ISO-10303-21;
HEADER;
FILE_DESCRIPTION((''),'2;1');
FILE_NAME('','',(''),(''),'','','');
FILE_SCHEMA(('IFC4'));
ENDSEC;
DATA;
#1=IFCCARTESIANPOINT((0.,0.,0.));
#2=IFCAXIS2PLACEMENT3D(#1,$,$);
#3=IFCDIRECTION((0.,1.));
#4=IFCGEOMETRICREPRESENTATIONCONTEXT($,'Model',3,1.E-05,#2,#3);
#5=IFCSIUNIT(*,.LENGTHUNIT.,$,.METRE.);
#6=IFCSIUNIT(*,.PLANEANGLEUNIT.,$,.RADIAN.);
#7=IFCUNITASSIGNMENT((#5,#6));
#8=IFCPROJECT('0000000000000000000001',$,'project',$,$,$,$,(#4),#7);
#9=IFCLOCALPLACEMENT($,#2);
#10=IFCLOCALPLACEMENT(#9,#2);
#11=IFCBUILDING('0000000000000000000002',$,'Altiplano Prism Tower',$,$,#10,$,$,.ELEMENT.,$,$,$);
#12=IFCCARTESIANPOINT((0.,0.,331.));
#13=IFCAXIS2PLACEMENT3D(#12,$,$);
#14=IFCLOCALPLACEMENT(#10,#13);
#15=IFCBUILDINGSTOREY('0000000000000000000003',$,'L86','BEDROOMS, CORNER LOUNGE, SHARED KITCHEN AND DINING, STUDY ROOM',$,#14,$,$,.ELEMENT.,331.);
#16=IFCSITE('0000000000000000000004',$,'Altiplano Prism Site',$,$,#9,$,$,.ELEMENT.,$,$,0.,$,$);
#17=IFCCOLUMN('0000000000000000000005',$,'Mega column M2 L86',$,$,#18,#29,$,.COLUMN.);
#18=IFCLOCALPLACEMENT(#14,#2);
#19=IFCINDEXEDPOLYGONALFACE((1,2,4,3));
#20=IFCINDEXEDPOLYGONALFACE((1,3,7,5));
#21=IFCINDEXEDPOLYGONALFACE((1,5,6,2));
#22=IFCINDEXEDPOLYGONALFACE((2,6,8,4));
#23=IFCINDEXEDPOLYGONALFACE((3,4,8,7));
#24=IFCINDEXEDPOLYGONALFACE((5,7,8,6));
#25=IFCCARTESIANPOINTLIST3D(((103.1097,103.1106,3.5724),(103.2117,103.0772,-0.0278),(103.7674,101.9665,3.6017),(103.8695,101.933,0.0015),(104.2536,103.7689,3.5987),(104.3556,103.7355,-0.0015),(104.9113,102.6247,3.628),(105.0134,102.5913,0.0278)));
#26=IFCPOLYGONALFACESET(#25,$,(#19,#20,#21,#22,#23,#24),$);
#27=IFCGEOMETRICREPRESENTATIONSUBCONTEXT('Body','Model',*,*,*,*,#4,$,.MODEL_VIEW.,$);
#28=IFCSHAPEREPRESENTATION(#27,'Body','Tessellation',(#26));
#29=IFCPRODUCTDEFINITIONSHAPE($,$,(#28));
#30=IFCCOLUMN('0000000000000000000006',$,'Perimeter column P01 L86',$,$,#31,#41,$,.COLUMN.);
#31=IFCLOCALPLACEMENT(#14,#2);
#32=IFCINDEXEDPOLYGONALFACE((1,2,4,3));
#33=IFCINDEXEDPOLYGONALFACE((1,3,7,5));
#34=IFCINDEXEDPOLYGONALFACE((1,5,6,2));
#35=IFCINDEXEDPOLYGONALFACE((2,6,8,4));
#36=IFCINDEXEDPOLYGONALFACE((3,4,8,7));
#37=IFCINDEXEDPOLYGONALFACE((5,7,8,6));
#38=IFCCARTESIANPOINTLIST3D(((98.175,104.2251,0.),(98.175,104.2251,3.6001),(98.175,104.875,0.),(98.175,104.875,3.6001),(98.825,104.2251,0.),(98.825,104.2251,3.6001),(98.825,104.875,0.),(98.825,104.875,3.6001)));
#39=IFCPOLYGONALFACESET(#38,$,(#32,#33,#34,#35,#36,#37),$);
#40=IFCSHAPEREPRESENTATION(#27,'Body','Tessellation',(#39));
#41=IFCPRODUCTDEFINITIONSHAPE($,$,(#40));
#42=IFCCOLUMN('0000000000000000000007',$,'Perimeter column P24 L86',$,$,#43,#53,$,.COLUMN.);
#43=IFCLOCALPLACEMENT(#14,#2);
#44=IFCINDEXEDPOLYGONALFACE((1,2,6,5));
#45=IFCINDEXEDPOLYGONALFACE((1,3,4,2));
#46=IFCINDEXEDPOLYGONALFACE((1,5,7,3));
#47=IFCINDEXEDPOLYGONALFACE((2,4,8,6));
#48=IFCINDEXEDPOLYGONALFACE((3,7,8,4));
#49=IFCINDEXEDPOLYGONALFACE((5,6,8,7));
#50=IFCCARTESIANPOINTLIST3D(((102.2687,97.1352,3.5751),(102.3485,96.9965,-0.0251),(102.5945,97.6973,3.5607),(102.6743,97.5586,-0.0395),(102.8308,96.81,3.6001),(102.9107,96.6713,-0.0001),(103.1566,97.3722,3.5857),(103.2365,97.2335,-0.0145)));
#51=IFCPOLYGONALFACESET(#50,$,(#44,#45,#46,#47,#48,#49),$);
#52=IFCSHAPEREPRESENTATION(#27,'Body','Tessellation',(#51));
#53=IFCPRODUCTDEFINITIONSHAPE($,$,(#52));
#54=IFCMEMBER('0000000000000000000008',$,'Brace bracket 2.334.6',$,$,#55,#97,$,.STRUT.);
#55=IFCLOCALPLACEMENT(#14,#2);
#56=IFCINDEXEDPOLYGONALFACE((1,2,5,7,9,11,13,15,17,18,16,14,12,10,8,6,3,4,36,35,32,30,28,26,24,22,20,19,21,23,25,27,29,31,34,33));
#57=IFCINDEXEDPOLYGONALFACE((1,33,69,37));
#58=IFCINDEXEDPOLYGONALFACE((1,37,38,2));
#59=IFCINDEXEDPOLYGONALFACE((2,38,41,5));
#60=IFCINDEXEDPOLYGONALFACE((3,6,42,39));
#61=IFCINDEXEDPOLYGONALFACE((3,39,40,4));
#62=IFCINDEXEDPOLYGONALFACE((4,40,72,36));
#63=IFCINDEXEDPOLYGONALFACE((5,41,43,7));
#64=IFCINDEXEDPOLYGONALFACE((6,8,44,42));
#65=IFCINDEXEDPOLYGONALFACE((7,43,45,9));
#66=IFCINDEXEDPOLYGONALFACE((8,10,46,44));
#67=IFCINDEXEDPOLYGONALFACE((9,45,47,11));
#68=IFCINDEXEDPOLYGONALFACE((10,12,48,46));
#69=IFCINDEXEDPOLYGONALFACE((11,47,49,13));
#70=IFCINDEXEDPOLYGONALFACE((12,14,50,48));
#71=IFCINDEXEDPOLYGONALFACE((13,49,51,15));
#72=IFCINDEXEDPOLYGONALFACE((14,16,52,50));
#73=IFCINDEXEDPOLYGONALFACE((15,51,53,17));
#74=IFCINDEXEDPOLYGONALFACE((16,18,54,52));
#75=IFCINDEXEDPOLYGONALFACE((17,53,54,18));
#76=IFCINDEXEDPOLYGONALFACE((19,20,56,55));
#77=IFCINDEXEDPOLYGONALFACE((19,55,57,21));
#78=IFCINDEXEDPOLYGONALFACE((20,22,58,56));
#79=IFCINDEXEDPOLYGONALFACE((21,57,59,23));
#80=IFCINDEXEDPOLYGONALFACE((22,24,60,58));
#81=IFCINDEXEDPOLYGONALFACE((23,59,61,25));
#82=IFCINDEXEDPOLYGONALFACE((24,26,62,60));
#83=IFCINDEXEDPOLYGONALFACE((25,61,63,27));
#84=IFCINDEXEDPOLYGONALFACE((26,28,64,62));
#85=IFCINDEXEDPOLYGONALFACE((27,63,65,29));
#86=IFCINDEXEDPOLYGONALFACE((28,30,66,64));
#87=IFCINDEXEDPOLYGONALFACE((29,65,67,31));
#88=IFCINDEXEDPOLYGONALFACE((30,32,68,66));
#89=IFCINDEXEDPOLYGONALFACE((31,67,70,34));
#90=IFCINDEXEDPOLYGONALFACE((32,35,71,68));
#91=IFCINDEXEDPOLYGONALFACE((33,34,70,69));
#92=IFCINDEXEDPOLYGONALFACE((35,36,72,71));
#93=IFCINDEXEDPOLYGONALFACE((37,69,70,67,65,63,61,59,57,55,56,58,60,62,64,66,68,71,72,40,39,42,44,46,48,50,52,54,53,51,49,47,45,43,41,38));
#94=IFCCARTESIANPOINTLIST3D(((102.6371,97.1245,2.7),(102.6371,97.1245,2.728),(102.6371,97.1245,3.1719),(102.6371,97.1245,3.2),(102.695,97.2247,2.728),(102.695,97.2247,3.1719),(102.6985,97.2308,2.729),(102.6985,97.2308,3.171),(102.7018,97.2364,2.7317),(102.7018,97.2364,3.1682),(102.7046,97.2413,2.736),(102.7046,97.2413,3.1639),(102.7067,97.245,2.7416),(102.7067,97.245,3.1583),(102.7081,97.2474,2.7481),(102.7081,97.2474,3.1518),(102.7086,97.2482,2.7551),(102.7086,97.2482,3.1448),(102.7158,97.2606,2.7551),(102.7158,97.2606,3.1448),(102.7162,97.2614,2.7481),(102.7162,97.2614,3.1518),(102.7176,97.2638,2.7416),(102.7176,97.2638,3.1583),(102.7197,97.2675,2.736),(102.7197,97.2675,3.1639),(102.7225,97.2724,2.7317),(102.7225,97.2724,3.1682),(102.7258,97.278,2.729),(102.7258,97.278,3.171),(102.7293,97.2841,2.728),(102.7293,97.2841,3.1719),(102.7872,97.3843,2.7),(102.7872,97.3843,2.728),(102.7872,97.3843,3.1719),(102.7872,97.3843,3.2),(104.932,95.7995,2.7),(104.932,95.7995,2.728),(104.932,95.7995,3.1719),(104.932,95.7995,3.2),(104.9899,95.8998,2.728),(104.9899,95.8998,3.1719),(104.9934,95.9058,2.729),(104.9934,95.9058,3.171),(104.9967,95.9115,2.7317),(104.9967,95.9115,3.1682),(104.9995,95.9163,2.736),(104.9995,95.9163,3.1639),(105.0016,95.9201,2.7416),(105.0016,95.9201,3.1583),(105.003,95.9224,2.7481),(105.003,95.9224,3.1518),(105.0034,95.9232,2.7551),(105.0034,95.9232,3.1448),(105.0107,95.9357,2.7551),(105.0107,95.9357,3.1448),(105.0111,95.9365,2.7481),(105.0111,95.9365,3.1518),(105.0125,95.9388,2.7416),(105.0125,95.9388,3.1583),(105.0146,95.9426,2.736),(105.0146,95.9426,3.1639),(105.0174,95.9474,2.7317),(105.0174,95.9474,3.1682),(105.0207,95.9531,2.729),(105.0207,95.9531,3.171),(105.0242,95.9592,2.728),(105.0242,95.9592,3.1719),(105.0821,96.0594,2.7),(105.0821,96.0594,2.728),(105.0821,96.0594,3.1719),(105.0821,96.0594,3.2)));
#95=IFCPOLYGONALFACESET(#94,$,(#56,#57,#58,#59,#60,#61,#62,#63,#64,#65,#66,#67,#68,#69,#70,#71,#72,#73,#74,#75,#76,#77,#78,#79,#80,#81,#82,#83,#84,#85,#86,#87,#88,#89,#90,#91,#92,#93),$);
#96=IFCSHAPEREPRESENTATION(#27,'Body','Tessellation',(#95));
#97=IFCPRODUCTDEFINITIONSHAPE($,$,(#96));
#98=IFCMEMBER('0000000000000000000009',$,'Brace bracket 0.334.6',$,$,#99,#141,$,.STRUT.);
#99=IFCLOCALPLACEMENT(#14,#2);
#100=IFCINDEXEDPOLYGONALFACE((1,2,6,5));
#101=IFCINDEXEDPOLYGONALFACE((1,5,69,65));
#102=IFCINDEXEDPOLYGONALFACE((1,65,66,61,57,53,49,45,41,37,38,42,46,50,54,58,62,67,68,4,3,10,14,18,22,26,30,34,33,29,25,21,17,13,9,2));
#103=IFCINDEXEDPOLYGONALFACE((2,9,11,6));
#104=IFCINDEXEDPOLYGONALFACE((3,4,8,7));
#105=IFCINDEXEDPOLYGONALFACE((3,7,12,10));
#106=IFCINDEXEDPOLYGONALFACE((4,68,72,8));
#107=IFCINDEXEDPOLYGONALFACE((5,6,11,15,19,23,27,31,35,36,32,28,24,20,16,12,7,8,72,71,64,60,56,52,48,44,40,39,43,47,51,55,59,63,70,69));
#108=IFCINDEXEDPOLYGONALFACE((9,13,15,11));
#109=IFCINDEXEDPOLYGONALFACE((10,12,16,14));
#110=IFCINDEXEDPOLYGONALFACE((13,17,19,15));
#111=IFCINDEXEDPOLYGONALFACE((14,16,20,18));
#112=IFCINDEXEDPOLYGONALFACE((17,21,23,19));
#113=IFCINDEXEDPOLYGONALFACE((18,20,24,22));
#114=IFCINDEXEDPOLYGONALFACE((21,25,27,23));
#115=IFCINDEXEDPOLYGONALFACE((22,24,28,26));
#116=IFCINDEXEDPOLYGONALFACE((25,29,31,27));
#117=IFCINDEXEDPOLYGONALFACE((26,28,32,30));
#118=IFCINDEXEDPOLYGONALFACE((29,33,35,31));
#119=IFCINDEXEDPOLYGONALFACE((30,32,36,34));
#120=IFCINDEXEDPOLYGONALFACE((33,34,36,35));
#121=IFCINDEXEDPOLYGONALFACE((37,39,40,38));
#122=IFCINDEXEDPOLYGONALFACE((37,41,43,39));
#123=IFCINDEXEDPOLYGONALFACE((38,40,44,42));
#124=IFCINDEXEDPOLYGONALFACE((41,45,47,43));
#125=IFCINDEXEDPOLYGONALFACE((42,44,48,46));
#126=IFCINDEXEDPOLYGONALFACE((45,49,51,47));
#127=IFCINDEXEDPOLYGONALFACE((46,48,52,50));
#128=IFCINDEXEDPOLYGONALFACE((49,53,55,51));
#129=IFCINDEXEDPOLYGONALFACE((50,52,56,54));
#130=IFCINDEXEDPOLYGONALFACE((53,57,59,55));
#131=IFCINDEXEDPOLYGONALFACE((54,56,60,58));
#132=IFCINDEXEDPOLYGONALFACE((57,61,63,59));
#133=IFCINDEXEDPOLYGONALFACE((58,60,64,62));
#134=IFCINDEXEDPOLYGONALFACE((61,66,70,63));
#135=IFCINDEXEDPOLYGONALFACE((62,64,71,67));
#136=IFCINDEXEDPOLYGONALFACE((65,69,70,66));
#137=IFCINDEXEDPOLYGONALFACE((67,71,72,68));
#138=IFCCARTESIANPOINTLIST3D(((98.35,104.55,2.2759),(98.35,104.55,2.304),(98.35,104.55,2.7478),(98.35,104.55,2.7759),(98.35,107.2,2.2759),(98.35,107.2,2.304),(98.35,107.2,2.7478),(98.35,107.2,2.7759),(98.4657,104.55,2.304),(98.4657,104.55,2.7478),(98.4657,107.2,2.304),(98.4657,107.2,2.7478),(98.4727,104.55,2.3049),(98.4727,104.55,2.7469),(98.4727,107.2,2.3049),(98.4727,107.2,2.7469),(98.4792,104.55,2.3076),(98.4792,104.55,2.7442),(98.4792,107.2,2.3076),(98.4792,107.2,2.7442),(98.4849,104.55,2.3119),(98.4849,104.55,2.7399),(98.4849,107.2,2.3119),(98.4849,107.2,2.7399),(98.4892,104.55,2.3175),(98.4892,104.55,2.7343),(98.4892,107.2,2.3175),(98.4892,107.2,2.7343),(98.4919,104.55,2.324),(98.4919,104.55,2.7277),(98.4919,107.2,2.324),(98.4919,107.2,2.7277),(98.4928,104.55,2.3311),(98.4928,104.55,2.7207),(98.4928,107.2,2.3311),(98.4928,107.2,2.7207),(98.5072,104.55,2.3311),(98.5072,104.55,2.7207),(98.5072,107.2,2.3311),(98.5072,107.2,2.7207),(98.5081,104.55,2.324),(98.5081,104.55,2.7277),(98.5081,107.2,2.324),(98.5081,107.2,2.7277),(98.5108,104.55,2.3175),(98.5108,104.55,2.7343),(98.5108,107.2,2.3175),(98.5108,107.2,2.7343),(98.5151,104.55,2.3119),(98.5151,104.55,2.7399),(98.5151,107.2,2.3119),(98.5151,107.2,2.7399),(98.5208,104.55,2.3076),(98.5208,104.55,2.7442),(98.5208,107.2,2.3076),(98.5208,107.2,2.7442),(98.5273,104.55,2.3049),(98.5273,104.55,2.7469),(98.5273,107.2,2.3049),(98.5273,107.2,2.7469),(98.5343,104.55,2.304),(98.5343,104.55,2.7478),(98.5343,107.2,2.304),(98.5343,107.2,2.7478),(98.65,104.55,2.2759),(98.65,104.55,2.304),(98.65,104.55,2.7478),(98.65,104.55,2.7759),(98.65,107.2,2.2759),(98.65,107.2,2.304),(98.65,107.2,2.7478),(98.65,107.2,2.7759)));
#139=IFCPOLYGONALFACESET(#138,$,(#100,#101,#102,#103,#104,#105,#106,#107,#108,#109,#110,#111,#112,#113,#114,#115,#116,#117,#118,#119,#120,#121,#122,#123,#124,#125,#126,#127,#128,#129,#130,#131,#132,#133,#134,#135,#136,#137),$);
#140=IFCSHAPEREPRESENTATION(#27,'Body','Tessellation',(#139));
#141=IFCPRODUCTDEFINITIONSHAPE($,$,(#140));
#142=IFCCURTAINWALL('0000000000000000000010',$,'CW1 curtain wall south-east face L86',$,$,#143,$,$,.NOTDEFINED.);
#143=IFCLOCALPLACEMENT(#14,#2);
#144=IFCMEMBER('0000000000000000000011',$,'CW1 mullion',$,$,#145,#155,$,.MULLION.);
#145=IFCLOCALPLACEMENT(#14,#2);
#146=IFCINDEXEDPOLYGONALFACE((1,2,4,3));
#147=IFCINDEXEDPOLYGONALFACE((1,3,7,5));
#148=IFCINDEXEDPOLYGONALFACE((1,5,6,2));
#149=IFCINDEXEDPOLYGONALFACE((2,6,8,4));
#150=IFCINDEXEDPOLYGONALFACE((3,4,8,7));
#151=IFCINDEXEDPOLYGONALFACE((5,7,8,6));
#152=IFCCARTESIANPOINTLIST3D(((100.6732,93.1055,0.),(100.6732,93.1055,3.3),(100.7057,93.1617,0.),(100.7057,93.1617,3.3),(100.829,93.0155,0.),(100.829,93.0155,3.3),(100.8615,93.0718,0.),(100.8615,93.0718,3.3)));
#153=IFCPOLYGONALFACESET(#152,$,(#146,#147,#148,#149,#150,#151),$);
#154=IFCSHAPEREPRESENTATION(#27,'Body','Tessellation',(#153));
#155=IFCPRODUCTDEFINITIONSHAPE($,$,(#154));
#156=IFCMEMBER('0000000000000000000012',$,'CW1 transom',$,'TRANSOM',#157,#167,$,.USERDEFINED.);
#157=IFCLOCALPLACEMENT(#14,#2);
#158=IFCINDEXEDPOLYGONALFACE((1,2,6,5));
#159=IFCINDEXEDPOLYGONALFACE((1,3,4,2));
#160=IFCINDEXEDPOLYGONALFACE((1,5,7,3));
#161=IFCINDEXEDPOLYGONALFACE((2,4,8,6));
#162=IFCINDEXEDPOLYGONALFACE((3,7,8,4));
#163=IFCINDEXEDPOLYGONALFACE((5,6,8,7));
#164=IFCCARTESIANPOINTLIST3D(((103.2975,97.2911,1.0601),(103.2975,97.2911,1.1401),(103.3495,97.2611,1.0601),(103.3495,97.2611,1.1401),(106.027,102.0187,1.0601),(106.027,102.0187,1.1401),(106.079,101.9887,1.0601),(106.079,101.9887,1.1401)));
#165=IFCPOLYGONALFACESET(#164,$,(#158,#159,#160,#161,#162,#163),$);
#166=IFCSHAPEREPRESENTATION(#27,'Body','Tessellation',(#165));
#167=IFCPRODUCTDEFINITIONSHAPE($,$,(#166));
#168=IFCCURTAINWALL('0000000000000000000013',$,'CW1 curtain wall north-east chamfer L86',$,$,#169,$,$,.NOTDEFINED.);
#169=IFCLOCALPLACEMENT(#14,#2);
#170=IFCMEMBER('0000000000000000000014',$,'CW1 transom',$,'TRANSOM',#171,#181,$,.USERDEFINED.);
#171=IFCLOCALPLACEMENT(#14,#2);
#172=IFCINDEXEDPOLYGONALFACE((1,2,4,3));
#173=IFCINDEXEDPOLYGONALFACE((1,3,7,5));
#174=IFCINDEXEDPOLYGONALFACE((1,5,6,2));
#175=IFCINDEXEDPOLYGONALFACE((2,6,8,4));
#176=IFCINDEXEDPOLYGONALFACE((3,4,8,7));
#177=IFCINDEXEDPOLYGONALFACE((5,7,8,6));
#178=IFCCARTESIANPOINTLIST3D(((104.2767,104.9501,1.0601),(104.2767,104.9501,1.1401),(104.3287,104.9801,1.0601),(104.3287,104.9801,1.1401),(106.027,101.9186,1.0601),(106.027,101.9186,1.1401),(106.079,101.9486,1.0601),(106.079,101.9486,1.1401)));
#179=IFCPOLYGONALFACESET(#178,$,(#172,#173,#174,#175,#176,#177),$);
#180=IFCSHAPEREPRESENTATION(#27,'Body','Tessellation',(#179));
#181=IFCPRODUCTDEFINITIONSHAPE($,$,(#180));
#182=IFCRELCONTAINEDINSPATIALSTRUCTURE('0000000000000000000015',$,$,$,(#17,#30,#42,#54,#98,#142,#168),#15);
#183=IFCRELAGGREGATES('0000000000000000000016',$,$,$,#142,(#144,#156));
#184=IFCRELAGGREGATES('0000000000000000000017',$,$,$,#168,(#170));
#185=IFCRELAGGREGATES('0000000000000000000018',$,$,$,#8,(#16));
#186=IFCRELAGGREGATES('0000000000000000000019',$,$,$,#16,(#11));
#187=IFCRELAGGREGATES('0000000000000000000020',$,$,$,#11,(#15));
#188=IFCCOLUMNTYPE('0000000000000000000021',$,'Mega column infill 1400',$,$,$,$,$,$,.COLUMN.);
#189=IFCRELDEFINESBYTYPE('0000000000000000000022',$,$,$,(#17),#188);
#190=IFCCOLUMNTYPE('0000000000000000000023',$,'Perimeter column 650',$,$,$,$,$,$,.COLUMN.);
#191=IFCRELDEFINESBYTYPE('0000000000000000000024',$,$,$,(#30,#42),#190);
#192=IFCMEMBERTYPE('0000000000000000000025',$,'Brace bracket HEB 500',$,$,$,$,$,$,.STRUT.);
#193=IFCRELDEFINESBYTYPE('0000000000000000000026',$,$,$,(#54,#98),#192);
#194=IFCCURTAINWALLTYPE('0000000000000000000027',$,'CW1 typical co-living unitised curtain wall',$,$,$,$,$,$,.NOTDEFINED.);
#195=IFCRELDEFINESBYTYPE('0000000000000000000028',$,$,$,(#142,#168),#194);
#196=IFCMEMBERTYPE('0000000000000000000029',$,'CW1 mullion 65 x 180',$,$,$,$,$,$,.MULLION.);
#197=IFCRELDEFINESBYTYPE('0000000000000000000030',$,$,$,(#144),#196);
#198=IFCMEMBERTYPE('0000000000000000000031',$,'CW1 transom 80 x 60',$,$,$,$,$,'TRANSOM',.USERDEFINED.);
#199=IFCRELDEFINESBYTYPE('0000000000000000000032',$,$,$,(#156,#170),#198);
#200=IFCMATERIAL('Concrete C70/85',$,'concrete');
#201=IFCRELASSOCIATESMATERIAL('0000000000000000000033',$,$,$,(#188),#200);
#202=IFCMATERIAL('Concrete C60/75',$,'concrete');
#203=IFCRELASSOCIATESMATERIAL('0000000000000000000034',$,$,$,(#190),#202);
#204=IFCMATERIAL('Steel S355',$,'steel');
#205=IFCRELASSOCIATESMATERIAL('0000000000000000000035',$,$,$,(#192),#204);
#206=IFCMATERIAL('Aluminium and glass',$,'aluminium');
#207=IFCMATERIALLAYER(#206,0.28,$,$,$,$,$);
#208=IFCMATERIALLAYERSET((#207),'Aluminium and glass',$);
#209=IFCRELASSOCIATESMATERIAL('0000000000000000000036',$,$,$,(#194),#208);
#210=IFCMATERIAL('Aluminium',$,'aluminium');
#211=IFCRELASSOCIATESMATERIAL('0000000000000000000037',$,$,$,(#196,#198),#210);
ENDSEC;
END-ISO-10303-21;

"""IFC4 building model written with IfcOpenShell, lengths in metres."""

from ifc_helpers import new_model, si_unit, direction, frame, origin, origin_2d, place, context, subcontext, project, spatial, rectangle, i_section, extrude, material, layer, layer_set, material_profile, profile_set, type_object, element, aggregate, save


model = new_model("IFC4")

# Units and contexts
model_context = context("Model", 3, precision=1e-05, world=origin(), true_north=direction((0.0, 1.0)))
body_context = subcontext(model_context, "Body", "Model", "MODEL_VIEW")
ifc_project = project(units=[si_unit("LENGTHUNIT", "METRE"), si_unit("PLANEANGLEUNIT", "RADIAN")], contexts=[model_context])

# Site, building, storey
site_placement = place(None, origin())
site = spatial("IfcSite", under=ifc_project, at=site_placement, Name="Altiplano Prism Site", CompositionType="ELEMENT", RefElevation=0.0)
building_placement = place(site_placement, origin())
building = spatial("IfcBuilding", under=site, at=building_placement, Name="Altiplano Prism Tower", CompositionType="ELEMENT")
storey_placement = place(building_placement, frame((0.0, 0.0, 331.0)))
storey = spatial("IfcBuildingStorey", under=building, at=storey_placement, Name="L86", Description="BEDROOMS, CORNER LOUNGE, SHARED KITCHEN AND DINING, STUDY ROOM", CompositionType="ELEMENT", Elevation=331.0)

# Columns
ifc_material_1 = material(Name="Concrete C70/85", Category="concrete")
ifc_material_profile_1 = material_profile(ifc_material_1, rectangle(XDim=1.3201, YDim=1.3201, at=origin_2d()), Name="Mega column infill 1400")
ifc_profile_set_1 = profile_set([ifc_material_profile_1], Name="Concrete C70/85")
column_type_1 = type_object("IfcColumnType", Name="Mega column infill 1400", PredefinedType="COLUMN", material=ifc_profile_set_1)
column_1_placement = place(storey_placement, frame((104.1125, 102.8342, 0.0), z_axis=(-0.028334, 0.009287, 0.999555), x_axis=(0.498275, -0.866735, 0.022177)))
element("IfcColumn", 1, at=column_1_placement, inside=storey, type_object=column_type_1, Name="Mega column M2 L86", PredefinedType="COLUMN", context=body_context, shape_type="SweptSolid", body=[
    extrude(rectangle(XDim=1.3201, YDim=1.3201, at=origin_2d()), origin(), (0.0, 0.0, 1.0), 3.6018),
])
ifc_material_2 = material(Name="Concrete C60/75", Category="concrete")
ifc_material_profile_2 = material_profile(ifc_material_2, rectangle(XDim=0.6499, YDim=0.6499, at=origin_2d()), Name="Perimeter column 650")
ifc_profile_set_2 = profile_set([ifc_material_profile_2], Name="Concrete C60/75")
column_type_2 = type_object("IfcColumnType", Name="Perimeter column 650", PredefinedType="COLUMN", material=ifc_profile_set_2)
column_2_placement = place(storey_placement, frame((98.5, 104.55, 0.0), z_axis=(0.0, 0.0, 1.0), x_axis=(1.0, 0.0, 0.0)))
element("IfcColumn", 2, at=column_2_placement, inside=storey, type_object=column_type_2, Name="Perimeter column P01 L86", PredefinedType="COLUMN", context=body_context, shape_type="SweptSolid", body=[
    extrude(rectangle(XDim=0.6499, YDim=0.6499, at=origin_2d()), origin(), (0.0, 0.0, 1.0), 3.6001),
])
column_3_placement = place(storey_placement, frame((102.7925, 97.115, -0.0198), z_axis=(-0.022154, 0.038481, 0.999014), x_axis=(-0.50131, -0.864983, 0.022201)))
element("IfcColumn", 3, at=column_3_placement, inside=storey, type_object=column_type_2, Name="Perimeter column P24 L86", PredefinedType="COLUMN", context=body_context, shape_type="SweptSolid", body=[
    extrude(rectangle(XDim=0.6499, YDim=0.6499, at=origin_2d()), origin(), (0.0, 0.0, 1.0), 3.6038),
])

# Members
ifc_material_3 = material(Name="Steel S355", Category="steel")
ifc_material_profile_3 = material_profile(ifc_material_3, i_section(OverallWidth=0.3, OverallDepth=0.5, WebThickness=0.0144, FlangeThickness=0.0281, FilletRadius=0.0271, at=origin_2d()), Name="Brace bracket HEB 500")
ifc_profile_set_3 = profile_set([ifc_material_profile_3], Name="Steel S355")
member_type_1 = type_object("IfcMemberType", Name="Brace bracket HEB 500", PredefinedType="STRUT", material=ifc_profile_set_3)
for number, where, z_axis, x_axis, name in (
    (4, (102.7122, 97.2544, 2.95), (0.866029, -0.499994, 0.0), (0.499994, 0.866029, 0.0), "Brace bracket 2.334.6"),
    (5, (98.5, 104.55, 2.5259), (0.0, 1.0, 0.0), (-1.0, 0.0, 0.0), "Brace bracket 0.334.6"),
):
    element("IfcMember", number, at=place(storey_placement, frame(where, z_axis=z_axis, x_axis=x_axis)), inside=storey, type_object=member_type_1, Name=name, PredefinedType="STRUT", context=body_context, shape_type="SweptSolid", body=[
        extrude(i_section(OverallWidth=0.3, OverallDepth=0.5, WebThickness=0.0144, FlangeThickness=0.0281, FilletRadius=0.0271, at=origin_2d()), origin(), (0.0, 0.0, 1.0), 2.6499),
    ])

# Curtain wall, members
ifc_material_4 = material(Name="Aluminium and glass", Category="aluminium")
ifc_layer_1 = layer(ifc_material_4, 0.28)
ifc_layer_set_1 = layer_set([ifc_layer_1], Name="Aluminium and glass")
curtain_wall_type = type_object("IfcCurtainWallType", Name="CW1 typical co-living unitised curtain wall", PredefinedType="NOTDEFINED", material=ifc_layer_set_1)
curtain_wall_1_placement = place(storey_placement, origin())
curtain_wall_1 = element("IfcCurtainWall", 6, at=curtain_wall_1_placement, inside=storey, type_object=curtain_wall_type, Name="CW1 curtain wall south-east face L86", PredefinedType="NOTDEFINED")
ifc_material_5 = material(Name="Aluminium", Category="aluminium")
ifc_material_profile_4 = material_profile(ifc_material_5, rectangle(XDim=0.1799, YDim=0.0649, at=origin_2d()), Name="CW1 mullion 65 x 180")
ifc_profile_set_4 = profile_set([ifc_material_profile_4], Name="Aluminium")
member_type_2 = type_object("IfcMemberType", Name="CW1 mullion 65 x 180", PredefinedType="MULLION", material=ifc_profile_set_4)
member_1_placement = place(storey_placement, frame((100.7673, 93.0886, 0.0), z_axis=(0.0, 0.0, 1.0), x_axis=(-0.866025, 0.5, 0.0)))
member_1 = element("IfcMember", 7, at=member_1_placement, type_object=member_type_2, Name="CW1 mullion", PredefinedType="MULLION", context=body_context, shape_type="SweptSolid", body=[
    extrude(rectangle(XDim=0.1799, YDim=0.0649, at=origin_2d()), origin(), (0.0, 0.0, 1.0), 3.3),
])
ifc_material_profile_5 = material_profile(ifc_material_5, rectangle(XDim=0.0601, YDim=0.0801, at=origin_2d()), Name="CW1 transom 80 x 60")
ifc_profile_set_5 = profile_set([ifc_material_profile_5], Name="Aluminium")
member_type_3 = type_object("IfcMemberType", Name="CW1 transom 80 x 60", ElementType="TRANSOM", PredefinedType="USERDEFINED", material=ifc_profile_set_5)
member_2_placement = place(storey_placement, frame((103.3235, 97.2761, 1.1001), z_axis=(0.500006, 0.866022, 0.0), x_axis=(-0.866022, 0.500006, 0.0)))
member_2 = element("IfcMember", 8, at=member_2_placement, type_object=member_type_3, Name="CW1 transom", ObjectType="TRANSOM", PredefinedType="USERDEFINED", context=body_context, shape_type="SweptSolid", body=[
    extrude(rectangle(XDim=0.0601, YDim=0.0801, at=origin_2d()), origin(), (0.0, 0.0, 1.0), 5.459),
])

# Curtain wall, member
curtain_wall_2_placement = place(storey_placement, origin())
curtain_wall_2 = element("IfcCurtainWall", 9, at=curtain_wall_2_placement, inside=storey, type_object=curtain_wall_type, Name="CW1 curtain wall north-east chamfer L86", PredefinedType="NOTDEFINED")
member_3_placement = place(storey_placement, frame((106.053, 101.9336, 1.1001), z_axis=(-0.500002, 0.866024, 0.0), x_axis=(-0.866024, -0.500002, 0.0)))
member_3 = element("IfcMember", 10, at=member_3_placement, type_object=member_type_3, Name="CW1 transom", ObjectType="TRANSOM", PredefinedType="USERDEFINED", context=body_context, shape_type="SweptSolid", body=[
    extrude(rectangle(XDim=0.0601, YDim=0.0801, at=origin_2d()), origin(), (0.0, 0.0, 1.0), 3.5005),
])

aggregate(curtain_wall_1, [member_1, member_2])
aggregate(curtain_wall_2, [member_3])

save(model, "model.ifc")
